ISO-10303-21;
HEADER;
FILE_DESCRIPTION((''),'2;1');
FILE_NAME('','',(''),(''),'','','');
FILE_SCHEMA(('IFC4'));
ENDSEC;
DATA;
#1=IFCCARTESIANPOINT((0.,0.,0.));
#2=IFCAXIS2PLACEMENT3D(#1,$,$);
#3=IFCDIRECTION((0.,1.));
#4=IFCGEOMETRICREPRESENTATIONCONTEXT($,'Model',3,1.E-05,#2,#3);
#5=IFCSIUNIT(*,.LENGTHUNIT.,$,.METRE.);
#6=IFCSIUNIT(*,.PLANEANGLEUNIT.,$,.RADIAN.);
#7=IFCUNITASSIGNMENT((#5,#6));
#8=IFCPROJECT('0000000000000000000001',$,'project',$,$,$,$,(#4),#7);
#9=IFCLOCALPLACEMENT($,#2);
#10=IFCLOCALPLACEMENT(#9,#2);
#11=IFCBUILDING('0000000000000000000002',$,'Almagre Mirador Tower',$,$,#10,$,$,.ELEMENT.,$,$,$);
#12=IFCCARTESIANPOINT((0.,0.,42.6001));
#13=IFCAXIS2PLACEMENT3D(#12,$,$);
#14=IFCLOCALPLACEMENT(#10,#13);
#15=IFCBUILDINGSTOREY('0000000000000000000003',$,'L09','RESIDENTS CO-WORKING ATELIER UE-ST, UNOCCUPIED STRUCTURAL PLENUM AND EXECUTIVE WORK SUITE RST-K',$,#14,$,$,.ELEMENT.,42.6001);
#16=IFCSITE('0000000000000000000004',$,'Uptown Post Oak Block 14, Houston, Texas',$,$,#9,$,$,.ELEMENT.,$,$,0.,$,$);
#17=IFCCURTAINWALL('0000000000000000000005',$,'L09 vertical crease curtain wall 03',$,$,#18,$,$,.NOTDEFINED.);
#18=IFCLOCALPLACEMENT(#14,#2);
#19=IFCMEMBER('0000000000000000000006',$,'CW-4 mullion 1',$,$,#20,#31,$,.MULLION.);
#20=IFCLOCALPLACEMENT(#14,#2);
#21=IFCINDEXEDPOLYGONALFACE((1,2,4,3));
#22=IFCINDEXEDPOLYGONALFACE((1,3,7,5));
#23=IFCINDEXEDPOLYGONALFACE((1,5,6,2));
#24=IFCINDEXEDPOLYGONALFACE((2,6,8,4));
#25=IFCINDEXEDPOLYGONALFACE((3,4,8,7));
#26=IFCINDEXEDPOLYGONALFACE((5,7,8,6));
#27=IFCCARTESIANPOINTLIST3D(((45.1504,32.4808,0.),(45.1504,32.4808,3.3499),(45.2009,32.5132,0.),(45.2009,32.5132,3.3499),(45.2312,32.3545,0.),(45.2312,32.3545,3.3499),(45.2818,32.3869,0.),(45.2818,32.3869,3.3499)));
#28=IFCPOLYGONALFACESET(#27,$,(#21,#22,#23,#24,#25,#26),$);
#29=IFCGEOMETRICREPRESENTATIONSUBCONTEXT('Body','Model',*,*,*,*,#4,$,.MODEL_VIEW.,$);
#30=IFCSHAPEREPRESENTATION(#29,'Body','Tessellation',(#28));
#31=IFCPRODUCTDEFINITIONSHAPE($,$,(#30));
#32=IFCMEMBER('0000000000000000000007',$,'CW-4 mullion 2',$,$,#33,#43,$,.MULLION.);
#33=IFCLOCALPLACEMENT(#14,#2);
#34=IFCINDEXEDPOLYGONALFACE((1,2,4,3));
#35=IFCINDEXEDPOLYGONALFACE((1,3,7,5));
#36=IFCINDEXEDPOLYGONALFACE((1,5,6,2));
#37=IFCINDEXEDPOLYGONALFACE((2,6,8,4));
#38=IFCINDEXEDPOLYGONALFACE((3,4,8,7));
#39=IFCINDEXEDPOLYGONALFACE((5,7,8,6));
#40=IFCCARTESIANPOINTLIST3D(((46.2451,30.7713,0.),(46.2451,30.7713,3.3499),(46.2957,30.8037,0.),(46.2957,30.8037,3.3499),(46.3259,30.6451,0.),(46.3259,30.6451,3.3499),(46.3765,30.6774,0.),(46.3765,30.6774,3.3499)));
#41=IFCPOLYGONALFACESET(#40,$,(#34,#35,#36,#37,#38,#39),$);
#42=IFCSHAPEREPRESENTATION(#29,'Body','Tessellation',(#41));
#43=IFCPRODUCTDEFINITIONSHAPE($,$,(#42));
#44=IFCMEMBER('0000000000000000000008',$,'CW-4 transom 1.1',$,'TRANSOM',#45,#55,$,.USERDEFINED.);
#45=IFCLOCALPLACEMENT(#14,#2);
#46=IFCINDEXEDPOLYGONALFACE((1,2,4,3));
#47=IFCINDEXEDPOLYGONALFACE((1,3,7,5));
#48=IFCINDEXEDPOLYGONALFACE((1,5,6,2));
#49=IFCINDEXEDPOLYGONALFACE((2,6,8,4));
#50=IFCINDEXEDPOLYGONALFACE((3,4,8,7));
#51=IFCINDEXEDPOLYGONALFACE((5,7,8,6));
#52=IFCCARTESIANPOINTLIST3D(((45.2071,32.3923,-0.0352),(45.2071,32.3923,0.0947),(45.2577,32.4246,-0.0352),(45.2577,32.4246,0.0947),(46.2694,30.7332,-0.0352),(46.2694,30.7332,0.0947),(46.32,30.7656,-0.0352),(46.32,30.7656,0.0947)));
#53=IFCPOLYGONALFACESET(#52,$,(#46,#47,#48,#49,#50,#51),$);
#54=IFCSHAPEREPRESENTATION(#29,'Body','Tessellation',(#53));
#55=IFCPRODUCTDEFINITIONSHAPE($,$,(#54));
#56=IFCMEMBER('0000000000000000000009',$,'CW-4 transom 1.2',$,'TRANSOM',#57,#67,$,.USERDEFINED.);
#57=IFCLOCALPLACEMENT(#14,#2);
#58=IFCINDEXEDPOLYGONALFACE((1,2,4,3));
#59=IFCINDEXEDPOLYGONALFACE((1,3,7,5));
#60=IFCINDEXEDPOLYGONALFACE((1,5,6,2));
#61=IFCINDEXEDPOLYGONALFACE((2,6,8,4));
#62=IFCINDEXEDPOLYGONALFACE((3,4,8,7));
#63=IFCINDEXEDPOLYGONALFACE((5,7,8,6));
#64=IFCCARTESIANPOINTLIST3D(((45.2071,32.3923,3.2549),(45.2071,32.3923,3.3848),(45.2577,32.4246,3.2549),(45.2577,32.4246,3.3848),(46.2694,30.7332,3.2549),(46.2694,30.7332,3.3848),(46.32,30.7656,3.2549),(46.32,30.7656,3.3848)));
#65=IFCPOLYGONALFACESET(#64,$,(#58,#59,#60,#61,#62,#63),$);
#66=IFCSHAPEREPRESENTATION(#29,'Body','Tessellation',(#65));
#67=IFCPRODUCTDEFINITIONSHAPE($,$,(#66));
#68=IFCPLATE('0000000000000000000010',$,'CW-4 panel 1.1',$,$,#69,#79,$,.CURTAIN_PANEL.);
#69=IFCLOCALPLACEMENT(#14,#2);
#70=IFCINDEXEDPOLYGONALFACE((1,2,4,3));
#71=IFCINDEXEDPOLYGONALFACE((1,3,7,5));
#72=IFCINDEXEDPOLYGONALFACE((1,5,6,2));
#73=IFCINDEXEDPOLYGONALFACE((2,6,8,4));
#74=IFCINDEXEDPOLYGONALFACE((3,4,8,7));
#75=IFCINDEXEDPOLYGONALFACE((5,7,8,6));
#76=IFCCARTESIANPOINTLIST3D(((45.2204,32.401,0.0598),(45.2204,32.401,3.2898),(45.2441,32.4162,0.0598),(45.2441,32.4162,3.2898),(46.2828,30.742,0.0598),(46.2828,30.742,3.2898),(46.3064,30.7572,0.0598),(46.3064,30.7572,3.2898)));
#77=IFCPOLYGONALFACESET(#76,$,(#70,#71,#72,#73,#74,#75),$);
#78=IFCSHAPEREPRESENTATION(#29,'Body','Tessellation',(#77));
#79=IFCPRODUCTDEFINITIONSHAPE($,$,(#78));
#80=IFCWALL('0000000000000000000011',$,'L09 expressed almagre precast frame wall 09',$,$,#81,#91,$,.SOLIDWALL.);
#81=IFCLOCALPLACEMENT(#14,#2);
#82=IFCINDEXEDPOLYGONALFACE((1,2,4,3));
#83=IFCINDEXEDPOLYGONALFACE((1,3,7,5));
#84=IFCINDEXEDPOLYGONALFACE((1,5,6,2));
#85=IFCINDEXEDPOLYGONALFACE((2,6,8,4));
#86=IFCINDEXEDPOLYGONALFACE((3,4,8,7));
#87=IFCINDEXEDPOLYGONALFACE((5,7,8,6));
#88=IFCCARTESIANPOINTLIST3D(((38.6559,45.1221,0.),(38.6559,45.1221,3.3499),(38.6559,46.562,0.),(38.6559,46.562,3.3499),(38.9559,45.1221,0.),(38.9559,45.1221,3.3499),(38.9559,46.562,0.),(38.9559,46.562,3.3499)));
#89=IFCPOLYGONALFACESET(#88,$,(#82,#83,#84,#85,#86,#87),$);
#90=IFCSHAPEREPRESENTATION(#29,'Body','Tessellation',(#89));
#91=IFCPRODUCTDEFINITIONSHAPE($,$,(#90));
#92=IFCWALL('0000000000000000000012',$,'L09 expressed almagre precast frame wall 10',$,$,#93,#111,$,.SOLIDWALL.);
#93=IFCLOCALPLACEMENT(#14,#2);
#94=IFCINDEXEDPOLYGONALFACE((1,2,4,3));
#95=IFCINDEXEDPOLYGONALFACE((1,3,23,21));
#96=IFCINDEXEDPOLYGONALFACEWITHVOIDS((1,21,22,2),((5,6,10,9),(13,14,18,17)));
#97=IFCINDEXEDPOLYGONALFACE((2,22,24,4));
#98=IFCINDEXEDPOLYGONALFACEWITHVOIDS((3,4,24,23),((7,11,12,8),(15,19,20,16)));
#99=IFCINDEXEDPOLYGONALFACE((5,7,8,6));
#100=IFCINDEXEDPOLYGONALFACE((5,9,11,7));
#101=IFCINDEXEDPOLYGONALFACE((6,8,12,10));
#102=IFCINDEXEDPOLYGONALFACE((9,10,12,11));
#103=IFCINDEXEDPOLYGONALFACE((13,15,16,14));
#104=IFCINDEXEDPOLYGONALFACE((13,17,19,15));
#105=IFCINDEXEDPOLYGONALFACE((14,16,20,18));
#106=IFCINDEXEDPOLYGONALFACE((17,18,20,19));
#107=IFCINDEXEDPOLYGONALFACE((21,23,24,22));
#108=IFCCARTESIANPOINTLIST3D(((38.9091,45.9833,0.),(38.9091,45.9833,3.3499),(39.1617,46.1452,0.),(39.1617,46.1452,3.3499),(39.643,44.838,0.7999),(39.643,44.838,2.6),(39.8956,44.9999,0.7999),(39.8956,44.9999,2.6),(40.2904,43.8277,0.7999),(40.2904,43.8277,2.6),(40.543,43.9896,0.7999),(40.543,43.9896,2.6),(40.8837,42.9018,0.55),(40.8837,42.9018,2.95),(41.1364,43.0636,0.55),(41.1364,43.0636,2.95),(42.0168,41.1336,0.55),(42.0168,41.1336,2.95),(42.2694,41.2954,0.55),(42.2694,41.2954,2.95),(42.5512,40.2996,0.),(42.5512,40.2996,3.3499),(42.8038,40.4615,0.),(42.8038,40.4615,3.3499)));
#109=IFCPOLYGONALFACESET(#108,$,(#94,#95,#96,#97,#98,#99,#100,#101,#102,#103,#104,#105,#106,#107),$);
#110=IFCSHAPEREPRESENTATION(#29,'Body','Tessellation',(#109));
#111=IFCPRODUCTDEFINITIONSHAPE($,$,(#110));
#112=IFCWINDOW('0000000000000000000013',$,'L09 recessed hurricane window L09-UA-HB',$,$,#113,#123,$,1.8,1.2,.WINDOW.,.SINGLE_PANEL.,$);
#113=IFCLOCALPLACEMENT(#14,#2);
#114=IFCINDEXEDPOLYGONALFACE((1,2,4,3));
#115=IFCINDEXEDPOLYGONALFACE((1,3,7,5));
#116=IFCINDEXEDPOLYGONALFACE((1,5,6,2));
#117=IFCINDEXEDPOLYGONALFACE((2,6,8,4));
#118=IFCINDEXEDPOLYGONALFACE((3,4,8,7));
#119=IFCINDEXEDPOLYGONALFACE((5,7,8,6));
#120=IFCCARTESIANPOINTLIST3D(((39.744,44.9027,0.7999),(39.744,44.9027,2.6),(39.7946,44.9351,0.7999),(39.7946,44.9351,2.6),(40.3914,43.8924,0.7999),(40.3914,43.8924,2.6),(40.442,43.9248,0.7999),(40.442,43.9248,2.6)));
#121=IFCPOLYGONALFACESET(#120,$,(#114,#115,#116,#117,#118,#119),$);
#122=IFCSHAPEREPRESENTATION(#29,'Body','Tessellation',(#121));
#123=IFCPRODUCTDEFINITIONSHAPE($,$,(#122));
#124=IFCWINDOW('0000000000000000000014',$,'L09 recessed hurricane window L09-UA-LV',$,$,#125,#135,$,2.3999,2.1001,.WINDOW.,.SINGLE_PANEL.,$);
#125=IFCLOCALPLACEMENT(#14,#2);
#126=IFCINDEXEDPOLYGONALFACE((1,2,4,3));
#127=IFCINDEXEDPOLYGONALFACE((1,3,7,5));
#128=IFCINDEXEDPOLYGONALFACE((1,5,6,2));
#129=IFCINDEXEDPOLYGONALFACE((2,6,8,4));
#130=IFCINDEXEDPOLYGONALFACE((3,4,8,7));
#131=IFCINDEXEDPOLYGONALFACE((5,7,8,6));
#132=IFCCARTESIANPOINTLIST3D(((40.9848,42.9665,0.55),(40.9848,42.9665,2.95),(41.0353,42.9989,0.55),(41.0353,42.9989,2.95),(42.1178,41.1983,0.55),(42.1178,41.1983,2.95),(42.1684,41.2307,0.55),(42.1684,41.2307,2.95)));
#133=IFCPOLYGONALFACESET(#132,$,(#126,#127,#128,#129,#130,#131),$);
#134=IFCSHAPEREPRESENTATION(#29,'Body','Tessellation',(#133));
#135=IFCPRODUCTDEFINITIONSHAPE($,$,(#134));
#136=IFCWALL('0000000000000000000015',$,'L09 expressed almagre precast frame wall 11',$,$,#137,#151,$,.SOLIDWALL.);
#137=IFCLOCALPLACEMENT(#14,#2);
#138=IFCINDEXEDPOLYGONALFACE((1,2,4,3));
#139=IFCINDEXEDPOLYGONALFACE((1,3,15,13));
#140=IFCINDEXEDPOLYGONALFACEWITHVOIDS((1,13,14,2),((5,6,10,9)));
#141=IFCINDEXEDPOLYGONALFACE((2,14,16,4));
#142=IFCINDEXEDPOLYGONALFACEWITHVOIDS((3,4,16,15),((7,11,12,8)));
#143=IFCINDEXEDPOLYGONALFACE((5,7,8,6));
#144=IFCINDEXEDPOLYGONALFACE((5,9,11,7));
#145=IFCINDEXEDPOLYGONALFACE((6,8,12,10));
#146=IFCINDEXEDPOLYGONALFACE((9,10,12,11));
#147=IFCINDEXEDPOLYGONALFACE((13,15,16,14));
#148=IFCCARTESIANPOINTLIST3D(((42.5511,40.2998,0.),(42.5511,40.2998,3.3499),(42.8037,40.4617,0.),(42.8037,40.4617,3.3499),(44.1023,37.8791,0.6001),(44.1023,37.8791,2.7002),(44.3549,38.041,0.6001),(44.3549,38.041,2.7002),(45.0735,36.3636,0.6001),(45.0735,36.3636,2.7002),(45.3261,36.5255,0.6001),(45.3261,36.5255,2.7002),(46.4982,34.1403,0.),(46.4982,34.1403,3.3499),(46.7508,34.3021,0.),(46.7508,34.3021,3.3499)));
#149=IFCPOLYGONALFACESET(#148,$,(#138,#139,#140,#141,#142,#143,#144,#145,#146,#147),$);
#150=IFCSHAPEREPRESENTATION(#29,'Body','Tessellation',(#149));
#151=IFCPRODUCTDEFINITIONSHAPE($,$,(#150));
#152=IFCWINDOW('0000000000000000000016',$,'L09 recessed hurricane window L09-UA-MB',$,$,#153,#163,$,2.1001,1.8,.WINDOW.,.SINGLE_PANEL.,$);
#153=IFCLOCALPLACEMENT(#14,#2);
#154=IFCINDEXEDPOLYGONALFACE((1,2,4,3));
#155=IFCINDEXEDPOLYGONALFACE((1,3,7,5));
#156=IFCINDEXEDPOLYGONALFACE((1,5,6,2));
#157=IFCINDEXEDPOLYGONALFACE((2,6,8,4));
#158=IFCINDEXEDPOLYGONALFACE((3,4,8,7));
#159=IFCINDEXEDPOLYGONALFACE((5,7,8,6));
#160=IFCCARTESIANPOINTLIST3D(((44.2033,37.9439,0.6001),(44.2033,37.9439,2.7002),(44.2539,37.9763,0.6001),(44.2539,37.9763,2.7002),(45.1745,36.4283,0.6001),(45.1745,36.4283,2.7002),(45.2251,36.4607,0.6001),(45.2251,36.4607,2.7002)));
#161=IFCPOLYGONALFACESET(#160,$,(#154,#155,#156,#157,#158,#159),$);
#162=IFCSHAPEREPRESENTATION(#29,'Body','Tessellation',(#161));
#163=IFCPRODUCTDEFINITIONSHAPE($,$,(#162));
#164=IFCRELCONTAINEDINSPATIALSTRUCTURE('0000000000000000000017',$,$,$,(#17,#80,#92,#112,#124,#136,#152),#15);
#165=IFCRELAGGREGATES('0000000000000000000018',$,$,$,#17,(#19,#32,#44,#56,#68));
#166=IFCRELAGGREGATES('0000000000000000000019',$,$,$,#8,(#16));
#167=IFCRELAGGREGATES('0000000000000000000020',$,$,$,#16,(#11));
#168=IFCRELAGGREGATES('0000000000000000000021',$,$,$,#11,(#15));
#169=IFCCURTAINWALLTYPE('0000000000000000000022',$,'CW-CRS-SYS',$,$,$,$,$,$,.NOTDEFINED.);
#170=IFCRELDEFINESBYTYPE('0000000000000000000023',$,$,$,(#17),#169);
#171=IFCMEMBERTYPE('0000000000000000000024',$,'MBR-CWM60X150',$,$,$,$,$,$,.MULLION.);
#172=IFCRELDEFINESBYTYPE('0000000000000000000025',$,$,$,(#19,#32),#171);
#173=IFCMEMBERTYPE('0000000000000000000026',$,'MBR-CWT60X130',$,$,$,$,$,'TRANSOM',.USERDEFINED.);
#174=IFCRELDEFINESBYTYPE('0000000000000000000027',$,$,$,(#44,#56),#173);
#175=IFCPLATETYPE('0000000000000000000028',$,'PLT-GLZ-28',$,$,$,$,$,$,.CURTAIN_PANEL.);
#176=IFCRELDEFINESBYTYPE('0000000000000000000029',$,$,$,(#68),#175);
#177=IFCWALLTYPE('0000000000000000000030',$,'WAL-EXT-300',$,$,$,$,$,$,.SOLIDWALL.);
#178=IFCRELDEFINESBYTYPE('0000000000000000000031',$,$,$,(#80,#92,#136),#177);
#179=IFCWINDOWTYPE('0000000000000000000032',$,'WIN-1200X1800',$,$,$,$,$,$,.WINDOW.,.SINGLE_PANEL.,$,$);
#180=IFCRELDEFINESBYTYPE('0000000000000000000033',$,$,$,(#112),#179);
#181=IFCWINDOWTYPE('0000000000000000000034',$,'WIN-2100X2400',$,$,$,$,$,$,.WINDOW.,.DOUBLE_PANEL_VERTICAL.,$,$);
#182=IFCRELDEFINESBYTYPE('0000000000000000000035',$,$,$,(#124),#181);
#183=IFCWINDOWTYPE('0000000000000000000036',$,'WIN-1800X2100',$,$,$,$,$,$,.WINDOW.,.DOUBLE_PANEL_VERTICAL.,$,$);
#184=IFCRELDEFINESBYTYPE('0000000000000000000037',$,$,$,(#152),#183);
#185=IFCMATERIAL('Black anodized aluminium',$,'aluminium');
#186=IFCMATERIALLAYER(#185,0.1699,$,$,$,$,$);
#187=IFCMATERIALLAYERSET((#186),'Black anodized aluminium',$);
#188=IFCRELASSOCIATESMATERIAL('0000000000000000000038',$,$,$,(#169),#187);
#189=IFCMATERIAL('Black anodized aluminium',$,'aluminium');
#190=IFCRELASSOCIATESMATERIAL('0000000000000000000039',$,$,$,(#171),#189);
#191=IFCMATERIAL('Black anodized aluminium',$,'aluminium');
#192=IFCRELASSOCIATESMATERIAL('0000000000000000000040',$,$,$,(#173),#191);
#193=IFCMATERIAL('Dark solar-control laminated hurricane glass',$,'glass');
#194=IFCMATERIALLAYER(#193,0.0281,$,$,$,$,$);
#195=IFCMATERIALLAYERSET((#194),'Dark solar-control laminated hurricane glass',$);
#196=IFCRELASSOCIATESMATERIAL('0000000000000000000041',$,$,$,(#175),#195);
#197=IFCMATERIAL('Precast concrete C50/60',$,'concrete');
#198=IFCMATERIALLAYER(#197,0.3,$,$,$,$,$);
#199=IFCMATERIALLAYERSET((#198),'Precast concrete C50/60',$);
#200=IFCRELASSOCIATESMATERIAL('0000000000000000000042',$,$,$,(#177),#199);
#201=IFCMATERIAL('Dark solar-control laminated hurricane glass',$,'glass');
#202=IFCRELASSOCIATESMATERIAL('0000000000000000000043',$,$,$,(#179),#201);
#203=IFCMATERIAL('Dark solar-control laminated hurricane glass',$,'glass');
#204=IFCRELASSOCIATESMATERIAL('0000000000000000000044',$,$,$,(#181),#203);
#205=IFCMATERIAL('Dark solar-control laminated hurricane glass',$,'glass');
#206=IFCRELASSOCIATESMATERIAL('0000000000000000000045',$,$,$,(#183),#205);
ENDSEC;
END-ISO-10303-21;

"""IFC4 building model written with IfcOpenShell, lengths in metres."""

from ifc_helpers import new_model, si_unit, direction, frame, frame_2d, origin, origin_2d, place, context, subcontext, project, spatial, rectangle, extrude, material, layer, layer_set, material_profile, profile_set, type_object, element, fill, aggregate, save


model = new_model("IFC4")

# Units and contexts
model_context = context("Model", 3, precision=1e-05, world=origin(), true_north=direction((0.0, 1.0)))
body_context = subcontext(model_context, "Body", "Model", "MODEL_VIEW")
ifc_project = project(units=[si_unit("LENGTHUNIT", "METRE"), si_unit("PLANEANGLEUNIT", "RADIAN")], contexts=[model_context])

# Site, building, storey
site_placement = place(None, origin())
site = spatial("IfcSite", under=ifc_project, at=site_placement, Name="Uptown Post Oak Block 14, Houston, Texas", CompositionType="ELEMENT", RefElevation=0.0)
building_placement = place(site_placement, origin())
building = spatial("IfcBuilding", under=site, at=building_placement, Name="Almagre Mirador Tower", CompositionType="ELEMENT")
storey_placement = place(building_placement, frame((0.0, 0.0, 42.6001)))
storey = spatial("IfcBuildingStorey", under=building, at=storey_placement, Name="L09", Description="RESIDENTS CO-WORKING ATELIER UE-ST, UNOCCUPIED STRUCTURAL PLENUM AND EXECUTIVE WORK SUITE RST-K", CompositionType="ELEMENT", Elevation=42.6001)

# Curtain wall, members, plate
ifc_material_1 = material(Name="Black anodized aluminium", Category="aluminium")
ifc_layer_1 = layer(ifc_material_1, 0.1699)
ifc_layer_set_1 = layer_set([ifc_layer_1], Name="Black anodized aluminium")
curtain_wall_type = type_object("IfcCurtainWallType", Name="CW-CRS-SYS", PredefinedType="NOTDEFINED", material=ifc_layer_set_1)
curtain_wall_placement = place(storey_placement, origin())
curtain_wall = element("IfcCurtainWall", 1, at=curtain_wall_placement, inside=storey, type_object=curtain_wall_type, Name="L09 vertical crease curtain wall 03", PredefinedType="NOTDEFINED")
ifc_material_2 = material(Name="Black anodized aluminium", Category="aluminium")
ifc_material_profile_1 = material_profile(ifc_material_2, rectangle(XDim=0.0601, YDim=0.1499, at=origin_2d()), Name="CWM60X150")
ifc_profile_set_1 = profile_set([ifc_material_profile_1], Name="Black anodized aluminium")
member_type_1 = type_object("IfcMemberType", Name="MBR-CWM60X150", PredefinedType="MULLION", material=ifc_profile_set_1)
member_1_placement = place(storey_placement, frame((45.2161, 32.4338, 0.0), z_axis=(0.0, 0.0, 1.0), x_axis=(0.842141, 0.539257, 0.0)))
member_1 = element("IfcMember", 2, at=member_1_placement, type_object=member_type_1, Name="CW-4 mullion 1", PredefinedType="MULLION", context=body_context, shape_type="SweptSolid", body=[
    extrude(rectangle(XDim=0.0601, YDim=0.1499, at=origin_2d()), origin(), (0.0, 0.0, 1.0), 3.3499),
])
member_2_placement = place(storey_placement, frame((46.3108, 30.7244, 0.0), z_axis=(0.0, 0.0, 1.0), x_axis=(0.842141, 0.539257, 0.0)))
member_2 = element("IfcMember", 3, at=member_2_placement, type_object=member_type_1, Name="CW-4 mullion 2", PredefinedType="MULLION", context=body_context, shape_type="SweptSolid", body=[
    extrude(rectangle(XDim=0.0601, YDim=0.1499, at=origin_2d()), origin(), (0.0, 0.0, 1.0), 3.3499),
])
ifc_material_3 = material(Name="Black anodized aluminium", Category="aluminium")
ifc_material_profile_2 = material_profile(ifc_material_3, rectangle(XDim=0.0601, YDim=0.1299, at=origin_2d()), Name="CWT60X130")
ifc_profile_set_2 = profile_set([ifc_material_profile_2], Name="Black anodized aluminium")
member_type_2 = type_object("IfcMemberType", Name="MBR-CWT60X130", ElementType="TRANSOM", PredefinedType="USERDEFINED", material=ifc_profile_set_2)
member_3_placement = place(storey_placement, frame((45.2324, 32.4084, 0.0298), z_axis=(0.539247, -0.842148, 0.0), x_axis=(0.842148, 0.539247, 0.0)))
member_3 = element("IfcMember", 4, at=member_3_placement, type_object=member_type_2, Name="CW-4 transom 1.1", ObjectType="TRANSOM", PredefinedType="USERDEFINED", context=body_context, shape_type="SweptSolid", body=[
    extrude(rectangle(XDim=0.0601, YDim=0.1299, at=origin_2d()), origin(), (0.0, 0.0, 1.0), 1.97),
])
member_4_placement = place(storey_placement, frame((45.2324, 32.4084, 3.3198), z_axis=(0.539247, -0.842148, 0.0), x_axis=(0.842148, 0.539247, 0.0)))
member_4 = element("IfcMember", 5, at=member_4_placement, type_object=member_type_2, Name="CW-4 transom 1.2", ObjectType="TRANSOM", PredefinedType="USERDEFINED", context=body_context, shape_type="SweptSolid", body=[
    extrude(rectangle(XDim=0.0601, YDim=0.1299, at=origin_2d()), origin(), (0.0, 0.0, 1.0), 1.97),
])
ifc_material_4 = material(Name="Dark solar-control laminated hurricane glass", Category="glass")
ifc_layer_2 = layer(ifc_material_4, 0.0281)
ifc_layer_set_2 = layer_set([ifc_layer_2], Name="Dark solar-control laminated hurricane glass")
plate_type = type_object("IfcPlateType", Name="PLT-GLZ-28", PredefinedType="CURTAIN_PANEL", material=ifc_layer_set_2)
plate_placement = place(storey_placement, frame((45.7634, 31.5791, 0.0598), z_axis=(0.0, 0.0, 1.0), x_axis=(0.539257, -0.842141, 0.0)))
plate = element("IfcPlate", 6, at=plate_placement, type_object=plate_type, Name="CW-4 panel 1.1", PredefinedType="CURTAIN_PANEL", context=body_context, shape_type="SweptSolid", body=[
    extrude(rectangle(XDim=1.97, YDim=0.0281, at=origin_2d()), origin(), (0.0, 0.0, 1.0), 3.23),
])
aggregate(curtain_wall, [member_1, member_2, member_3, member_4, plate])

# Wall
ifc_material_5 = material(Name="Precast concrete C50/60", Category="concrete")
ifc_layer_3 = layer(ifc_material_5, 0.3)
ifc_layer_set_3 = layer_set([ifc_layer_3], Name="Precast concrete C50/60")
wall_type_1 = type_object("IfcWallType", Name="WAL-EXT-300", PredefinedType="SOLIDWALL", material=ifc_layer_set_3)
wall_1_placement = place(storey_placement, frame((38.8059, 45.1221, 0.0), z_axis=(0.0, 0.0, 1.0), x_axis=(0.0, 1.0, 0.0)))
element("IfcWall", 7, at=wall_1_placement, inside=storey, type_object=wall_type_1, Name="L09 expressed almagre precast frame wall 09", PredefinedType="SOLIDWALL", context=body_context, shape_type="SweptSolid", body=[
    extrude(rectangle(XDim=1.4399, YDim=0.3, at=frame_2d((0.72, 0.0))), origin(), (0.0, 0.0, 1.0), 3.3499),
])

# Wall, openings, windows
wall_2_placement = place(storey_placement, frame((39.0354, 46.0642, 0.0), z_axis=(0.0, 0.0, 1.0), x_axis=(0.539536, -0.841963, 0.0)))
wall_2 = element("IfcWall", 8, at=wall_2_placement, inside=storey, type_object=wall_type_1, Name="L09 expressed almagre precast frame wall 10", PredefinedType="SOLIDWALL", context=body_context, shape_type="SweptSolid", body=[
    extrude(rectangle(XDim=6.7505, YDim=0.3, at=frame_2d((3.3752, 0.0))), origin(), (0.0, 0.0, 1.0), 3.3499),
])
opening_1_placement = place(wall_2_placement, frame((3.6599, 0.0, 0.55)))
opening_1 = element("IfcOpeningElement", 9, at=opening_1_placement, cuts=wall_2, PredefinedType="OPENING", context=body_context, shape_type="SweptSolid", body=[
    extrude(rectangle(XDim=2.1001, YDim=2.3999, at=frame_2d((1.05, 1.2))), frame((0.0, 0.1599, 0.0), z_axis=(0.0, -1.0, 0.0), x_axis=(1.0, 0.0, 0.0)), (0.0, 0.0, 1.0), 0.32),
])
opening_2_placement = place(wall_2_placement, frame((1.3601, 0.0, 0.8)))
opening_2 = element("IfcOpeningElement", 10, at=opening_2_placement, cuts=wall_2, PredefinedType="OPENING", context=body_context, shape_type="SweptSolid", body=[
    extrude(rectangle(XDim=1.2, YDim=1.8, at=frame_2d((0.6001, 0.8999))), frame((0.0, 0.1599, 0.0), z_axis=(0.0, -1.0, 0.0), x_axis=(1.0, 0.0, 0.0)), (0.0, 0.0, 1.0), 0.32),
])
ifc_material_6 = material(Name="Dark solar-control laminated hurricane glass", Category="glass")
window_type_1 = type_object("IfcWindowType", Name="WIN-1200X1800", PartitioningType="SINGLE_PANEL", PredefinedType="WINDOW", material=ifc_material_6)
window_1_placement = place(opening_2_placement, origin())
window_1 = element("IfcWindow", 11, at=window_1_placement, inside=storey, type_object=window_type_1, Name="L09 recessed hurricane window L09-UA-HB", OverallHeight=1.8, OverallWidth=1.2, PartitioningType="SINGLE_PANEL", PredefinedType="WINDOW", context=body_context, shape_type="SweptSolid", body=[
    extrude(rectangle(XDim=1.2, YDim=1.8, at=frame_2d((0.6001, 0.8999))), frame((0.0, 0.03, 0.0), z_axis=(0.0, -1.0, 0.0), x_axis=(1.0, 0.0, 0.0)), (0.0, 0.0, 1.0), 0.0601),
])
fill(opening_2, window_1)
ifc_material_7 = material(Name="Dark solar-control laminated hurricane glass", Category="glass")
window_type_2 = type_object("IfcWindowType", Name="WIN-2100X2400", PartitioningType="DOUBLE_PANEL_VERTICAL", PredefinedType="WINDOW", material=ifc_material_7)
window_2_placement = place(opening_1_placement, origin())
window_2 = element("IfcWindow", 12, at=window_2_placement, inside=storey, type_object=window_type_2, Name="L09 recessed hurricane window L09-UA-LV", OverallHeight=2.3999, OverallWidth=2.1001, PartitioningType="SINGLE_PANEL", PredefinedType="WINDOW", context=body_context, shape_type="SweptSolid", body=[
    extrude(rectangle(XDim=2.1001, YDim=2.3999, at=frame_2d((1.05, 1.2))), frame((0.0, 0.03, 0.0), z_axis=(0.0, -1.0, 0.0), x_axis=(1.0, 0.0, 0.0)), (0.0, 0.0, 1.0), 0.0601),
])
fill(opening_1, window_2)

# Wall, opening, window
wall_3_placement = place(storey_placement, frame((42.6775, 40.3806, 0.0), z_axis=(0.0, 0.0, 1.0), x_axis=(0.539538, -0.841962, 0.0)))
wall_3 = element("IfcWall", 13, at=wall_3_placement, inside=storey, type_object=wall_type_1, Name="L09 expressed almagre precast frame wall 11", PredefinedType="SOLIDWALL", context=body_context, shape_type="SweptSolid", body=[
    extrude(rectangle(XDim=7.3157, YDim=0.3, at=frame_2d((3.6577, 0.0))), origin(), (0.0, 0.0, 1.0), 3.3499),
])
opening_3_placement = place(wall_3_placement, frame((2.875, 0.0, 0.6001)))
opening_3 = element("IfcOpeningElement", 14, at=opening_3_placement, cuts=wall_3, PredefinedType="OPENING", context=body_context, shape_type="SweptSolid", body=[
    extrude(rectangle(XDim=1.8, YDim=2.1001, at=frame_2d((0.8999, 1.05))), frame((0.0, 0.1599, 0.0), z_axis=(0.0, -1.0, 0.0), x_axis=(1.0, 0.0, 0.0)), (0.0, 0.0, 1.0), 0.32),
])
ifc_material_8 = material(Name="Dark solar-control laminated hurricane glass", Category="glass")
window_type_3 = type_object("IfcWindowType", Name="WIN-1800X2100", PartitioningType="DOUBLE_PANEL_VERTICAL", PredefinedType="WINDOW", material=ifc_material_8)
window_3_placement = place(opening_3_placement, origin())
window_3 = element("IfcWindow", 15, at=window_3_placement, inside=storey, type_object=window_type_3, Name="L09 recessed hurricane window L09-UA-MB", OverallHeight=2.1001, OverallWidth=1.8, PartitioningType="SINGLE_PANEL", PredefinedType="WINDOW", context=body_context, shape_type="SweptSolid", body=[
    extrude(rectangle(XDim=1.8, YDim=2.1001, at=frame_2d((0.8999, 1.05))), frame((0.0, 0.03, 0.0), z_axis=(0.0, -1.0, 0.0), x_axis=(1.0, 0.0, 0.0)), (0.0, 0.0, 1.0), 0.0601),
])
fill(opening_3, window_3)

save(model, "model.ifc")
